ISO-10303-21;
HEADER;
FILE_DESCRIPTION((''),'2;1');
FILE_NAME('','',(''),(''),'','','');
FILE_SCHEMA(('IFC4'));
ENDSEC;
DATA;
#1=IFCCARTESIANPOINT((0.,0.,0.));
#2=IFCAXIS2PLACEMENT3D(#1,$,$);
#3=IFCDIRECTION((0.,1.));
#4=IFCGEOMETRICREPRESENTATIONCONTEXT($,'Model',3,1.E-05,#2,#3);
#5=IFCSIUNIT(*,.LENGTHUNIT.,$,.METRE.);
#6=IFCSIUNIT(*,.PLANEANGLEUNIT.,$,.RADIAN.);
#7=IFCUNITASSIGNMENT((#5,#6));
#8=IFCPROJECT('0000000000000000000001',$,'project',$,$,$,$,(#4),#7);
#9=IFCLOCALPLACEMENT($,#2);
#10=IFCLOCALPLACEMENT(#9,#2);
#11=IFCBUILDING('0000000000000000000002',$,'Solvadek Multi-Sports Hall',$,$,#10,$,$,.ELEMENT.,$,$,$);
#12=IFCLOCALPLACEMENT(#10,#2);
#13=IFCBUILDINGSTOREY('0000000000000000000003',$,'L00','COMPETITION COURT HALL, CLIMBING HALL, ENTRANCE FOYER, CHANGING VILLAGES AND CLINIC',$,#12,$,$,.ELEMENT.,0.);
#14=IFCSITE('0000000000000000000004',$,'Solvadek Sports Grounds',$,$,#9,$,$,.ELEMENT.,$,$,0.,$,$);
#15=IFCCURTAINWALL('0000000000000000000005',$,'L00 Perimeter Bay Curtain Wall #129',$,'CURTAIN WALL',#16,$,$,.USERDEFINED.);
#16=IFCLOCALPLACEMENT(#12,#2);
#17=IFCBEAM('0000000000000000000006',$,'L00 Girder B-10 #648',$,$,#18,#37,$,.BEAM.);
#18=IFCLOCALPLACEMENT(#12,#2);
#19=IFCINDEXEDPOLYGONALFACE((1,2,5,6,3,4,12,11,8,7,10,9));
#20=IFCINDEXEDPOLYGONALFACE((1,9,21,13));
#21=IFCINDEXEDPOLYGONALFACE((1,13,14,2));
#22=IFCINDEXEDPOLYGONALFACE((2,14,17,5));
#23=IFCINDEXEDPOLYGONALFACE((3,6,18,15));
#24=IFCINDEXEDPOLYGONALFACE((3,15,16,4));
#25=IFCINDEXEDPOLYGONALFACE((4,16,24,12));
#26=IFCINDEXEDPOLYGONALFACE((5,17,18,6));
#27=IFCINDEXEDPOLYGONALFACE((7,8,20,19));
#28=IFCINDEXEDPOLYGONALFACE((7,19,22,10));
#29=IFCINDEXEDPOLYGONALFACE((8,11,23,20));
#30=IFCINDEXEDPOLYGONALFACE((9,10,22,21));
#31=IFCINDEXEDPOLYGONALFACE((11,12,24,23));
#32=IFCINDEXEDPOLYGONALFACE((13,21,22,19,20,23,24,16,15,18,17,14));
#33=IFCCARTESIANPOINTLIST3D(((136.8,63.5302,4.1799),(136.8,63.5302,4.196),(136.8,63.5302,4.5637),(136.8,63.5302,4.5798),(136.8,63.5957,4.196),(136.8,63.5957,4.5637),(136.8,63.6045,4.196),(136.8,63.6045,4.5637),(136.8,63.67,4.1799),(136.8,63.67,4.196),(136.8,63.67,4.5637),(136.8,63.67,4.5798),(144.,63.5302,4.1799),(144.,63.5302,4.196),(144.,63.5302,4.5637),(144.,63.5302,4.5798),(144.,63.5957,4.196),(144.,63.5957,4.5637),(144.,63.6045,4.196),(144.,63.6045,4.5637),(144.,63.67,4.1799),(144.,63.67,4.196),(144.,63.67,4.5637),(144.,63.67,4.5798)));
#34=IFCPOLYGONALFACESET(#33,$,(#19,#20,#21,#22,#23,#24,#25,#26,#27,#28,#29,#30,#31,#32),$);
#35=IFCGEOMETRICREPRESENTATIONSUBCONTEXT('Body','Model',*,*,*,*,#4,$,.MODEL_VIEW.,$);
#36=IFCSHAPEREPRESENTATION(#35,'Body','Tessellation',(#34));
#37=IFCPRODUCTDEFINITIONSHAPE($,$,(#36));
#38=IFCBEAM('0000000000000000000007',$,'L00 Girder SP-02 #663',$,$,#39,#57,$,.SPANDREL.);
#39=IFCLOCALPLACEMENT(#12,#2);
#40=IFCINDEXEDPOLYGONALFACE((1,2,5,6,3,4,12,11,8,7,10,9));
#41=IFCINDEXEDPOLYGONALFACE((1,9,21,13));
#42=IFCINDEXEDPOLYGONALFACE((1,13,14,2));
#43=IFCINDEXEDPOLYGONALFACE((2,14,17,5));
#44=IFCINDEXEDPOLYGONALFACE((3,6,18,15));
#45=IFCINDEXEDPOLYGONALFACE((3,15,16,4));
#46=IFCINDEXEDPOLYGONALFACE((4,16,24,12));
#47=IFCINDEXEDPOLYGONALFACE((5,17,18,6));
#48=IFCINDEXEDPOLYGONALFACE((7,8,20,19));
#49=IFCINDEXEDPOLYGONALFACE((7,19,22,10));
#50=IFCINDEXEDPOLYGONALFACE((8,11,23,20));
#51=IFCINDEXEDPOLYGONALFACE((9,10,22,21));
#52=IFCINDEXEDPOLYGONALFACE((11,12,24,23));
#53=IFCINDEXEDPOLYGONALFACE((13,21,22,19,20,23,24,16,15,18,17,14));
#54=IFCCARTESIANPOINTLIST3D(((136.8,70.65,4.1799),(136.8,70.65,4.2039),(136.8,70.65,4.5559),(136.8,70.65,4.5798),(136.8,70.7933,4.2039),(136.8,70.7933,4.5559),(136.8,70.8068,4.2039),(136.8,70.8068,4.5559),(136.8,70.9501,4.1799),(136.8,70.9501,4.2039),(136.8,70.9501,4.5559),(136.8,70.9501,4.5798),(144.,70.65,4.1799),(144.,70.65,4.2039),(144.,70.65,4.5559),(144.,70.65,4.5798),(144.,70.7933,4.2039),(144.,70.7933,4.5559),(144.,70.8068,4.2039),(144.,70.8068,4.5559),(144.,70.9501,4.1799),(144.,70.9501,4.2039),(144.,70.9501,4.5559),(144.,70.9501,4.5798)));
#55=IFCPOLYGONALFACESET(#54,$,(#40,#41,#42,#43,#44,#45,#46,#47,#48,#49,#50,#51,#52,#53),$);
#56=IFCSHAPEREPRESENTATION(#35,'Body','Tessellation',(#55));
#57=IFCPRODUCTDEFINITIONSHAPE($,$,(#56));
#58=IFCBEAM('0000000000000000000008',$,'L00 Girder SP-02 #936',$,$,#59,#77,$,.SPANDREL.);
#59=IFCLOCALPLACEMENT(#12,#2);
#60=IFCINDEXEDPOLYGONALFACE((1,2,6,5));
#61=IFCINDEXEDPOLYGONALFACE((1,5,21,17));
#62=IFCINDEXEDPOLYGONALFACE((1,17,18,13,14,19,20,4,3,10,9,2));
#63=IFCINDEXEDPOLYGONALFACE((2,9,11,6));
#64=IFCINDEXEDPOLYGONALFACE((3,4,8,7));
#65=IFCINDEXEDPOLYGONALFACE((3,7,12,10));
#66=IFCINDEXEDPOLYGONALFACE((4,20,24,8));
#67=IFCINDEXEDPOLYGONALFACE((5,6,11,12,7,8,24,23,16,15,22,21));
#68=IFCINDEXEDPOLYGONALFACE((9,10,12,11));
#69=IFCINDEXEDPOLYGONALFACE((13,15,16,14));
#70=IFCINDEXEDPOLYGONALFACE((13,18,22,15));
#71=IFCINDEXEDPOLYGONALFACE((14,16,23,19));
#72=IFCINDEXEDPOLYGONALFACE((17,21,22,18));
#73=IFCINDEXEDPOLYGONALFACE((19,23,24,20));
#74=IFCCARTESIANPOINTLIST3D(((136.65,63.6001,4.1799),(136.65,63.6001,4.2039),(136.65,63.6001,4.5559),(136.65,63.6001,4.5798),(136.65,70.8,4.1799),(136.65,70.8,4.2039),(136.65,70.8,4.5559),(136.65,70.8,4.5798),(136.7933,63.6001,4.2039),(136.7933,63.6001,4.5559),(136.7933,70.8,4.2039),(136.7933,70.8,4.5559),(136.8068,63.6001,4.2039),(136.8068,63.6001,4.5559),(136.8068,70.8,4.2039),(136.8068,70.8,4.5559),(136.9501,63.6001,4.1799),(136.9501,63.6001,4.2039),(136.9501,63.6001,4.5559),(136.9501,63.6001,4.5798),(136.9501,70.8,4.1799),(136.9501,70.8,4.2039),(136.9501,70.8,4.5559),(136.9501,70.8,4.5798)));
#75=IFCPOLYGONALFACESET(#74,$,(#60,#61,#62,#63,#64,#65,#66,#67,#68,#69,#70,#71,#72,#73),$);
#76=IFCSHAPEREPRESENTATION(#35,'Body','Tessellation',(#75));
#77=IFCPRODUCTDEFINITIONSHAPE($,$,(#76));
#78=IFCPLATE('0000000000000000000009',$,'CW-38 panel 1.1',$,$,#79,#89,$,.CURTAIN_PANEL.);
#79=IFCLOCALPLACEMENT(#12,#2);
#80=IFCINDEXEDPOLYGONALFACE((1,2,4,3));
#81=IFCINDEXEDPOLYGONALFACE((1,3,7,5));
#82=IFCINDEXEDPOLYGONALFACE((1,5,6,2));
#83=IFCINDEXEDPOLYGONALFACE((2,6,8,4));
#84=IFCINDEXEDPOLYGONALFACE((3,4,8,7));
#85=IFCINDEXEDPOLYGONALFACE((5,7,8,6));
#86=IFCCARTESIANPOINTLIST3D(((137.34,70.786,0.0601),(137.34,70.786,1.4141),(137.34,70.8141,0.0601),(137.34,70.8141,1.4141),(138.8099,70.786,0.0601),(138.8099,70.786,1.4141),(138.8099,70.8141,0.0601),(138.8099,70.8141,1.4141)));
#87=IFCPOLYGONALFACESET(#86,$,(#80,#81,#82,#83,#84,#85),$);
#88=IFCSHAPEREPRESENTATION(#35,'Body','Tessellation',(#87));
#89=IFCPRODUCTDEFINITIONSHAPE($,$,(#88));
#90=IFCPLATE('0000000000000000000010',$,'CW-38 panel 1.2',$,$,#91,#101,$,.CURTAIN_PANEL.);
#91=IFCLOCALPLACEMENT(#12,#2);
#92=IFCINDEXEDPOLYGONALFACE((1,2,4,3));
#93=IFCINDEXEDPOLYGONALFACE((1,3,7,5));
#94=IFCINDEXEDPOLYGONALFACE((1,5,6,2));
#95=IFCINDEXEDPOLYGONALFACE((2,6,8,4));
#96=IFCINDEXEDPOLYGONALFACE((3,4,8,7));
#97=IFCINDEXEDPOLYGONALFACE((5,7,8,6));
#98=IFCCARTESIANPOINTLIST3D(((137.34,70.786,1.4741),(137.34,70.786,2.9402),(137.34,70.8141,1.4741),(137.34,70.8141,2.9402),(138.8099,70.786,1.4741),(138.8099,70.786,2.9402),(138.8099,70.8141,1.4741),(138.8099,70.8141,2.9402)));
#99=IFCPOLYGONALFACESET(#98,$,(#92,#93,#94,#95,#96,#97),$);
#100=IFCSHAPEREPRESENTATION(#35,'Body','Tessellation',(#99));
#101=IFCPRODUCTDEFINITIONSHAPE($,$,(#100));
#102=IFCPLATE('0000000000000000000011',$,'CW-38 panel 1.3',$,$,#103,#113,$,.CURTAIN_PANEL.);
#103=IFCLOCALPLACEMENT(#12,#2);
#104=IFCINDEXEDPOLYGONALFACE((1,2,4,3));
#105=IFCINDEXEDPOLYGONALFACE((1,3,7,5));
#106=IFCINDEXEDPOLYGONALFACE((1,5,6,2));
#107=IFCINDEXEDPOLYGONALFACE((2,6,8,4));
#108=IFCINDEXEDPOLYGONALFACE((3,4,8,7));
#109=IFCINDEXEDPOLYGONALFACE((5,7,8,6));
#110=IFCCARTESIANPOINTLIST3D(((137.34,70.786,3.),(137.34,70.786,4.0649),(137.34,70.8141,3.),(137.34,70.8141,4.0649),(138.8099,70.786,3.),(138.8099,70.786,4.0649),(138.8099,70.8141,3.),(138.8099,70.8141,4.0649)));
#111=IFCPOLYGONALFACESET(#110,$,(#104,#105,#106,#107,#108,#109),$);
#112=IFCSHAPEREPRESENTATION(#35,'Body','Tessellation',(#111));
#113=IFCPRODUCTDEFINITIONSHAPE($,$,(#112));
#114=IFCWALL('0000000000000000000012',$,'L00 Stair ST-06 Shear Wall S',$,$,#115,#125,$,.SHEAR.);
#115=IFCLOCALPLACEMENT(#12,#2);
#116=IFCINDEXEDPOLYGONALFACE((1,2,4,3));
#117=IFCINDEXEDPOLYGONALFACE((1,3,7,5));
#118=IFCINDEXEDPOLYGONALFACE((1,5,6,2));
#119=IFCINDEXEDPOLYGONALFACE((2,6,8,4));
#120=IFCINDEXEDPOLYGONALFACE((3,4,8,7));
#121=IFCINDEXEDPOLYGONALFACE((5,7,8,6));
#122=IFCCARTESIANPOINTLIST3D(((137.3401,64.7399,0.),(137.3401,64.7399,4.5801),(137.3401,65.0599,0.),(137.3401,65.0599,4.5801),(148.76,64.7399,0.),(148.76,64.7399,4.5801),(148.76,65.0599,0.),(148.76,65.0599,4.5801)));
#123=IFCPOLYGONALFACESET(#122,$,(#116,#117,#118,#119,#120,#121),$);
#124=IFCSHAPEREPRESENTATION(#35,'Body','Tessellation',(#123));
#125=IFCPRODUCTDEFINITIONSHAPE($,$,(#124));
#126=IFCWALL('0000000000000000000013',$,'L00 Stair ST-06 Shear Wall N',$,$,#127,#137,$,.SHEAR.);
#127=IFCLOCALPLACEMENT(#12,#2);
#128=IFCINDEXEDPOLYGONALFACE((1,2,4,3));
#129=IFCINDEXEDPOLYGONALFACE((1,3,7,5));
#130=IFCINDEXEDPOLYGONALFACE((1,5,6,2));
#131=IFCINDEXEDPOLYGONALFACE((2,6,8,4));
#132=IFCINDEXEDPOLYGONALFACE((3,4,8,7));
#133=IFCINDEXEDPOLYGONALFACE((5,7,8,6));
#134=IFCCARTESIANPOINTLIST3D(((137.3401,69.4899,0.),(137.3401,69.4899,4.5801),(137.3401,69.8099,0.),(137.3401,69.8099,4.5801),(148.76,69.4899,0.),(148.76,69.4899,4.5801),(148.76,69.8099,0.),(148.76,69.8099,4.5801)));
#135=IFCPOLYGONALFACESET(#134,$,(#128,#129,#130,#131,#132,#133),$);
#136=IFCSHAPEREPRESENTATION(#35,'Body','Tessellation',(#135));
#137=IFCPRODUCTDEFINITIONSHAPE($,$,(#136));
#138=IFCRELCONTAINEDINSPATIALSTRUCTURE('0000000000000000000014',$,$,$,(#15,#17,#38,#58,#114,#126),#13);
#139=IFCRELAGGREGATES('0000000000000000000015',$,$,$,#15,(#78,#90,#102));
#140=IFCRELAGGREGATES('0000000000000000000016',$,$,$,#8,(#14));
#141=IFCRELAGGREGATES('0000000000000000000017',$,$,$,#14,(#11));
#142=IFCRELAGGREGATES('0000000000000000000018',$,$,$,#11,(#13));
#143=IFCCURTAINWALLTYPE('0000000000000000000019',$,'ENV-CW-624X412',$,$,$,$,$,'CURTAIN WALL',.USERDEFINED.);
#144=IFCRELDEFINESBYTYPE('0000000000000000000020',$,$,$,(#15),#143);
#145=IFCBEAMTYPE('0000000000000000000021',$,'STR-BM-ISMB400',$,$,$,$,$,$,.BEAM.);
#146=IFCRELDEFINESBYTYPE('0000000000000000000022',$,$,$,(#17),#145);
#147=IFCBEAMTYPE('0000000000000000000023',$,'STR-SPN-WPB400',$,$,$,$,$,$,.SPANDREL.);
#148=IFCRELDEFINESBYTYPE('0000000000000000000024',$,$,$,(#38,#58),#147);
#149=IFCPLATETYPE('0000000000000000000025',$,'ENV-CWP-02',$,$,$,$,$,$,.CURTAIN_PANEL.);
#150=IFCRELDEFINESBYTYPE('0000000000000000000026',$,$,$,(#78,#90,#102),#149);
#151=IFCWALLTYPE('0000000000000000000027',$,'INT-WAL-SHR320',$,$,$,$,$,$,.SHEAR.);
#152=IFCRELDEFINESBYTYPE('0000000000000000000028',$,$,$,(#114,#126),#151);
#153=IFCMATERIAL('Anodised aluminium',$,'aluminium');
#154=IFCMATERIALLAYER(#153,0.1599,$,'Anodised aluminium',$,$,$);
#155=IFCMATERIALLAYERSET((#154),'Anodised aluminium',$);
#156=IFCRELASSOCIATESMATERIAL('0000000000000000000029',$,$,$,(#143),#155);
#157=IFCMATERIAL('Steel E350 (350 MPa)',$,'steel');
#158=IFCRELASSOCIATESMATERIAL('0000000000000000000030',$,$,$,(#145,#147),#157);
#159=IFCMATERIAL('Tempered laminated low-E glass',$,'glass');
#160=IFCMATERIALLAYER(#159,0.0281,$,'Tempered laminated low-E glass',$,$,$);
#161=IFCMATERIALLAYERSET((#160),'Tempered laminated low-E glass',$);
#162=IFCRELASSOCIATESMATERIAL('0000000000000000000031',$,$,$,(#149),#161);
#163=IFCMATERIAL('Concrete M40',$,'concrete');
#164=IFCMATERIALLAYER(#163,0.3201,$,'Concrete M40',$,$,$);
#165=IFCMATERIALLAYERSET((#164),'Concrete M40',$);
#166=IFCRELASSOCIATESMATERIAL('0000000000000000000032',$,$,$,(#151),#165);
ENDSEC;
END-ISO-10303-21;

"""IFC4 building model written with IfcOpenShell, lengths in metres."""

from ifc_helpers import new_model, si_unit, direction, frame, frame_2d, origin, origin_2d, place, context, subcontext, project, spatial, rectangle, i_section, extrude, material, layer, layer_set, material_profile, profile_set, type_object, element, aggregate, save


model = new_model("IFC4")

# Units and contexts
model_context = context("Model", 3, precision=1e-05, world=origin(), true_north=direction((0.0, 1.0)))
body_context = subcontext(model_context, "Body", "Model", "MODEL_VIEW")
ifc_project = project(units=[si_unit("LENGTHUNIT", "METRE"), si_unit("PLANEANGLEUNIT", "RADIAN")], contexts=[model_context])

# Site, building, storey
site_placement = place(None, origin())
site = spatial("IfcSite", under=ifc_project, at=site_placement, Name="Solvadek Sports Grounds", CompositionType="ELEMENT", RefElevation=0.0)
building_placement = place(site_placement, origin())
building = spatial("IfcBuilding", under=site, at=building_placement, Name="Solvadek Multi-Sports Hall", CompositionType="ELEMENT")
storey_placement = place(building_placement, origin())
storey = spatial("IfcBuildingStorey", under=building, at=storey_placement, Name="L00", Description="COMPETITION COURT HALL, CLIMBING HALL, ENTRANCE FOYER, CHANGING VILLAGES AND CLINIC", CompositionType="ELEMENT", Elevation=0.0)

# Shared definitions
ifc_material_1 = material(Name="Steel E350 (350 MPa)", Category="steel")

# Curtain wall
ifc_material_2 = material(Name="Anodised aluminium", Category="aluminium")
ifc_layer_1 = layer(ifc_material_2, 0.1599, Name="Anodised aluminium")
ifc_layer_set_1 = layer_set([ifc_layer_1], Name="Anodised aluminium")
curtain_wall_type = type_object("IfcCurtainWallType", Name="ENV-CW-624X412", ElementType="CURTAIN WALL", PredefinedType="USERDEFINED", material=ifc_layer_set_1)
curtain_wall_placement = place(storey_placement, origin())
curtain_wall = element("IfcCurtainWall", 1, at=curtain_wall_placement, inside=storey, type_object=curtain_wall_type, Name="L00 Perimeter Bay Curtain Wall #129", ObjectType="CURTAIN WALL", PredefinedType="USERDEFINED")

# Beams
ifc_material_profile_1 = material_profile(ifc_material_1, i_section(OverallWidth=0.1399, OverallDepth=0.3999, WebThickness=0.0088, FlangeThickness=0.0161, at=origin_2d()), Name="ISMB 400")
ifc_profile_set_1 = profile_set([ifc_material_profile_1], Name="Steel E350 (350 MPa)")
beam_type_1 = type_object("IfcBeamType", Name="STR-BM-ISMB400", PredefinedType="BEAM", material=ifc_profile_set_1)
beam_placement = place(storey_placement, frame((136.8, 63.6001, 4.3799), z_axis=(1.0, 0.0, 0.0), x_axis=(0.0, 1.0, 0.0)))
element("IfcBeam", 2, at=beam_placement, inside=storey, type_object=beam_type_1, Name="L00 Girder B-10 #648", PredefinedType="BEAM", context=body_context, shape_type="SweptSolid", body=[
    extrude(i_section(OverallWidth=0.1399, OverallDepth=0.3999, WebThickness=0.0088, FlangeThickness=0.0161, at=origin_2d()), origin(), (0.0, 0.0, 1.0), 7.2),
])
ifc_material_profile_2 = material_profile(ifc_material_1, i_section(OverallWidth=0.3, OverallDepth=0.3999, WebThickness=0.0134, FlangeThickness=0.0239, at=origin_2d()), Name="WPB 400")
ifc_profile_set_2 = profile_set([ifc_material_profile_2], Name="Steel E350 (350 MPa)")
beam_type_2 = type_object("IfcBeamType", Name="STR-SPN-WPB400", PredefinedType="SPANDREL", material=ifc_profile_set_2)
for number, where, z_axis, x_axis, name in (
    (3, (136.8, 70.8, 4.3799), (1.0, 0.0, 0.0), (0.0, 1.0, 0.0), "L00 Girder SP-02 #663"),
    (4, (136.8, 63.6001, 4.3799), (0.0, 1.0, 0.0), (-1.0, 0.0, 0.0), "L00 Girder SP-02 #936"),
):
    element("IfcBeam", number, at=place(storey_placement, frame(where, z_axis=z_axis, x_axis=x_axis)), inside=storey, type_object=beam_type_2, Name=name, PredefinedType="SPANDREL", context=body_context, shape_type="SweptSolid", body=[
        extrude(i_section(OverallWidth=0.3, OverallDepth=0.3999, WebThickness=0.0134, FlangeThickness=0.0239, at=origin_2d()), origin(), (0.0, 0.0, 1.0), 7.2),
    ])

# Plates
ifc_material_3 = material(Name="Tempered laminated low-E glass", Category="glass")
ifc_layer_2 = layer(ifc_material_3, 0.0281, Name="Tempered laminated low-E glass")
ifc_layer_set_2 = layer_set([ifc_layer_2], Name="Tempered laminated low-E glass")
plate_type = type_object("IfcPlateType", Name="ENV-CWP-02", PredefinedType="CURTAIN_PANEL", material=ifc_layer_set_2)
plate_1_placement = place(storey_placement, frame((138.075, 70.8, 0.0601), z_axis=(0.0, 0.0, 1.0), x_axis=(1.0, 0.0, 0.0)))
plate_1 = element("IfcPlate", 5, at=plate_1_placement, type_object=plate_type, Name="CW-38 panel 1.1", PredefinedType="CURTAIN_PANEL", context=body_context, shape_type="SweptSolid", body=[
    extrude(rectangle(XDim=1.47, YDim=0.0281, at=origin_2d()), origin(), (0.0, 0.0, 1.0), 1.354),
])
plate_2_placement = place(storey_placement, frame((138.075, 70.8, 1.4741), z_axis=(0.0, 0.0, 1.0), x_axis=(1.0, 0.0, 0.0)))
plate_2 = element("IfcPlate", 6, at=plate_2_placement, type_object=plate_type, Name="CW-38 panel 1.2", PredefinedType="CURTAIN_PANEL", context=body_context, shape_type="SweptSolid", body=[
    extrude(rectangle(XDim=1.47, YDim=0.0281, at=origin_2d()), origin(), (0.0, 0.0, 1.0), 1.4661),
])
plate_3_placement = place(storey_placement, frame((138.075, 70.8, 3.0), z_axis=(0.0, 0.0, 1.0), x_axis=(1.0, 0.0, 0.0)))
plate_3 = element("IfcPlate", 7, at=plate_3_placement, type_object=plate_type, Name="CW-38 panel 1.3", PredefinedType="CURTAIN_PANEL", context=body_context, shape_type="SweptSolid", body=[
    extrude(rectangle(XDim=1.47, YDim=0.0281, at=origin_2d()), origin(), (0.0, 0.0, 1.0), 1.0649),
])
aggregate(curtain_wall, [plate_1, plate_2, plate_3])

# Walls
ifc_material_4 = material(Name="Concrete M40", Category="concrete")
ifc_layer_3 = layer(ifc_material_4, 0.3201, Name="Concrete M40")
ifc_layer_set_3 = layer_set([ifc_layer_3], Name="Concrete M40")
wall_type = type_object("IfcWallType", Name="INT-WAL-SHR320", PredefinedType="SHEAR", material=ifc_layer_set_3)
for number, where, z_axis, x_axis, name in (
    (8, (137.3401, 64.8999, 0.0), (0.0, 0.0, 1.0), (1.0, 0.0, 0.0), "L00 Stair ST-06 Shear Wall S"),
    (9, (137.3401, 69.6499, 0.0), (0.0, 0.0, 1.0), (1.0, 0.0, 0.0), "L00 Stair ST-06 Shear Wall N"),
):
    element("IfcWall", number, at=place(storey_placement, frame(where, z_axis=z_axis, x_axis=x_axis)), inside=storey, type_object=wall_type, Name=name, PredefinedType="SHEAR", context=body_context, shape_type="SweptSolid", body=[
        extrude(rectangle(XDim=11.4199, YDim=0.3201, at=frame_2d((5.71, 0.0))), origin(), (0.0, 0.0, 1.0), 4.5801),
    ])

save(model, "model.ifc")
